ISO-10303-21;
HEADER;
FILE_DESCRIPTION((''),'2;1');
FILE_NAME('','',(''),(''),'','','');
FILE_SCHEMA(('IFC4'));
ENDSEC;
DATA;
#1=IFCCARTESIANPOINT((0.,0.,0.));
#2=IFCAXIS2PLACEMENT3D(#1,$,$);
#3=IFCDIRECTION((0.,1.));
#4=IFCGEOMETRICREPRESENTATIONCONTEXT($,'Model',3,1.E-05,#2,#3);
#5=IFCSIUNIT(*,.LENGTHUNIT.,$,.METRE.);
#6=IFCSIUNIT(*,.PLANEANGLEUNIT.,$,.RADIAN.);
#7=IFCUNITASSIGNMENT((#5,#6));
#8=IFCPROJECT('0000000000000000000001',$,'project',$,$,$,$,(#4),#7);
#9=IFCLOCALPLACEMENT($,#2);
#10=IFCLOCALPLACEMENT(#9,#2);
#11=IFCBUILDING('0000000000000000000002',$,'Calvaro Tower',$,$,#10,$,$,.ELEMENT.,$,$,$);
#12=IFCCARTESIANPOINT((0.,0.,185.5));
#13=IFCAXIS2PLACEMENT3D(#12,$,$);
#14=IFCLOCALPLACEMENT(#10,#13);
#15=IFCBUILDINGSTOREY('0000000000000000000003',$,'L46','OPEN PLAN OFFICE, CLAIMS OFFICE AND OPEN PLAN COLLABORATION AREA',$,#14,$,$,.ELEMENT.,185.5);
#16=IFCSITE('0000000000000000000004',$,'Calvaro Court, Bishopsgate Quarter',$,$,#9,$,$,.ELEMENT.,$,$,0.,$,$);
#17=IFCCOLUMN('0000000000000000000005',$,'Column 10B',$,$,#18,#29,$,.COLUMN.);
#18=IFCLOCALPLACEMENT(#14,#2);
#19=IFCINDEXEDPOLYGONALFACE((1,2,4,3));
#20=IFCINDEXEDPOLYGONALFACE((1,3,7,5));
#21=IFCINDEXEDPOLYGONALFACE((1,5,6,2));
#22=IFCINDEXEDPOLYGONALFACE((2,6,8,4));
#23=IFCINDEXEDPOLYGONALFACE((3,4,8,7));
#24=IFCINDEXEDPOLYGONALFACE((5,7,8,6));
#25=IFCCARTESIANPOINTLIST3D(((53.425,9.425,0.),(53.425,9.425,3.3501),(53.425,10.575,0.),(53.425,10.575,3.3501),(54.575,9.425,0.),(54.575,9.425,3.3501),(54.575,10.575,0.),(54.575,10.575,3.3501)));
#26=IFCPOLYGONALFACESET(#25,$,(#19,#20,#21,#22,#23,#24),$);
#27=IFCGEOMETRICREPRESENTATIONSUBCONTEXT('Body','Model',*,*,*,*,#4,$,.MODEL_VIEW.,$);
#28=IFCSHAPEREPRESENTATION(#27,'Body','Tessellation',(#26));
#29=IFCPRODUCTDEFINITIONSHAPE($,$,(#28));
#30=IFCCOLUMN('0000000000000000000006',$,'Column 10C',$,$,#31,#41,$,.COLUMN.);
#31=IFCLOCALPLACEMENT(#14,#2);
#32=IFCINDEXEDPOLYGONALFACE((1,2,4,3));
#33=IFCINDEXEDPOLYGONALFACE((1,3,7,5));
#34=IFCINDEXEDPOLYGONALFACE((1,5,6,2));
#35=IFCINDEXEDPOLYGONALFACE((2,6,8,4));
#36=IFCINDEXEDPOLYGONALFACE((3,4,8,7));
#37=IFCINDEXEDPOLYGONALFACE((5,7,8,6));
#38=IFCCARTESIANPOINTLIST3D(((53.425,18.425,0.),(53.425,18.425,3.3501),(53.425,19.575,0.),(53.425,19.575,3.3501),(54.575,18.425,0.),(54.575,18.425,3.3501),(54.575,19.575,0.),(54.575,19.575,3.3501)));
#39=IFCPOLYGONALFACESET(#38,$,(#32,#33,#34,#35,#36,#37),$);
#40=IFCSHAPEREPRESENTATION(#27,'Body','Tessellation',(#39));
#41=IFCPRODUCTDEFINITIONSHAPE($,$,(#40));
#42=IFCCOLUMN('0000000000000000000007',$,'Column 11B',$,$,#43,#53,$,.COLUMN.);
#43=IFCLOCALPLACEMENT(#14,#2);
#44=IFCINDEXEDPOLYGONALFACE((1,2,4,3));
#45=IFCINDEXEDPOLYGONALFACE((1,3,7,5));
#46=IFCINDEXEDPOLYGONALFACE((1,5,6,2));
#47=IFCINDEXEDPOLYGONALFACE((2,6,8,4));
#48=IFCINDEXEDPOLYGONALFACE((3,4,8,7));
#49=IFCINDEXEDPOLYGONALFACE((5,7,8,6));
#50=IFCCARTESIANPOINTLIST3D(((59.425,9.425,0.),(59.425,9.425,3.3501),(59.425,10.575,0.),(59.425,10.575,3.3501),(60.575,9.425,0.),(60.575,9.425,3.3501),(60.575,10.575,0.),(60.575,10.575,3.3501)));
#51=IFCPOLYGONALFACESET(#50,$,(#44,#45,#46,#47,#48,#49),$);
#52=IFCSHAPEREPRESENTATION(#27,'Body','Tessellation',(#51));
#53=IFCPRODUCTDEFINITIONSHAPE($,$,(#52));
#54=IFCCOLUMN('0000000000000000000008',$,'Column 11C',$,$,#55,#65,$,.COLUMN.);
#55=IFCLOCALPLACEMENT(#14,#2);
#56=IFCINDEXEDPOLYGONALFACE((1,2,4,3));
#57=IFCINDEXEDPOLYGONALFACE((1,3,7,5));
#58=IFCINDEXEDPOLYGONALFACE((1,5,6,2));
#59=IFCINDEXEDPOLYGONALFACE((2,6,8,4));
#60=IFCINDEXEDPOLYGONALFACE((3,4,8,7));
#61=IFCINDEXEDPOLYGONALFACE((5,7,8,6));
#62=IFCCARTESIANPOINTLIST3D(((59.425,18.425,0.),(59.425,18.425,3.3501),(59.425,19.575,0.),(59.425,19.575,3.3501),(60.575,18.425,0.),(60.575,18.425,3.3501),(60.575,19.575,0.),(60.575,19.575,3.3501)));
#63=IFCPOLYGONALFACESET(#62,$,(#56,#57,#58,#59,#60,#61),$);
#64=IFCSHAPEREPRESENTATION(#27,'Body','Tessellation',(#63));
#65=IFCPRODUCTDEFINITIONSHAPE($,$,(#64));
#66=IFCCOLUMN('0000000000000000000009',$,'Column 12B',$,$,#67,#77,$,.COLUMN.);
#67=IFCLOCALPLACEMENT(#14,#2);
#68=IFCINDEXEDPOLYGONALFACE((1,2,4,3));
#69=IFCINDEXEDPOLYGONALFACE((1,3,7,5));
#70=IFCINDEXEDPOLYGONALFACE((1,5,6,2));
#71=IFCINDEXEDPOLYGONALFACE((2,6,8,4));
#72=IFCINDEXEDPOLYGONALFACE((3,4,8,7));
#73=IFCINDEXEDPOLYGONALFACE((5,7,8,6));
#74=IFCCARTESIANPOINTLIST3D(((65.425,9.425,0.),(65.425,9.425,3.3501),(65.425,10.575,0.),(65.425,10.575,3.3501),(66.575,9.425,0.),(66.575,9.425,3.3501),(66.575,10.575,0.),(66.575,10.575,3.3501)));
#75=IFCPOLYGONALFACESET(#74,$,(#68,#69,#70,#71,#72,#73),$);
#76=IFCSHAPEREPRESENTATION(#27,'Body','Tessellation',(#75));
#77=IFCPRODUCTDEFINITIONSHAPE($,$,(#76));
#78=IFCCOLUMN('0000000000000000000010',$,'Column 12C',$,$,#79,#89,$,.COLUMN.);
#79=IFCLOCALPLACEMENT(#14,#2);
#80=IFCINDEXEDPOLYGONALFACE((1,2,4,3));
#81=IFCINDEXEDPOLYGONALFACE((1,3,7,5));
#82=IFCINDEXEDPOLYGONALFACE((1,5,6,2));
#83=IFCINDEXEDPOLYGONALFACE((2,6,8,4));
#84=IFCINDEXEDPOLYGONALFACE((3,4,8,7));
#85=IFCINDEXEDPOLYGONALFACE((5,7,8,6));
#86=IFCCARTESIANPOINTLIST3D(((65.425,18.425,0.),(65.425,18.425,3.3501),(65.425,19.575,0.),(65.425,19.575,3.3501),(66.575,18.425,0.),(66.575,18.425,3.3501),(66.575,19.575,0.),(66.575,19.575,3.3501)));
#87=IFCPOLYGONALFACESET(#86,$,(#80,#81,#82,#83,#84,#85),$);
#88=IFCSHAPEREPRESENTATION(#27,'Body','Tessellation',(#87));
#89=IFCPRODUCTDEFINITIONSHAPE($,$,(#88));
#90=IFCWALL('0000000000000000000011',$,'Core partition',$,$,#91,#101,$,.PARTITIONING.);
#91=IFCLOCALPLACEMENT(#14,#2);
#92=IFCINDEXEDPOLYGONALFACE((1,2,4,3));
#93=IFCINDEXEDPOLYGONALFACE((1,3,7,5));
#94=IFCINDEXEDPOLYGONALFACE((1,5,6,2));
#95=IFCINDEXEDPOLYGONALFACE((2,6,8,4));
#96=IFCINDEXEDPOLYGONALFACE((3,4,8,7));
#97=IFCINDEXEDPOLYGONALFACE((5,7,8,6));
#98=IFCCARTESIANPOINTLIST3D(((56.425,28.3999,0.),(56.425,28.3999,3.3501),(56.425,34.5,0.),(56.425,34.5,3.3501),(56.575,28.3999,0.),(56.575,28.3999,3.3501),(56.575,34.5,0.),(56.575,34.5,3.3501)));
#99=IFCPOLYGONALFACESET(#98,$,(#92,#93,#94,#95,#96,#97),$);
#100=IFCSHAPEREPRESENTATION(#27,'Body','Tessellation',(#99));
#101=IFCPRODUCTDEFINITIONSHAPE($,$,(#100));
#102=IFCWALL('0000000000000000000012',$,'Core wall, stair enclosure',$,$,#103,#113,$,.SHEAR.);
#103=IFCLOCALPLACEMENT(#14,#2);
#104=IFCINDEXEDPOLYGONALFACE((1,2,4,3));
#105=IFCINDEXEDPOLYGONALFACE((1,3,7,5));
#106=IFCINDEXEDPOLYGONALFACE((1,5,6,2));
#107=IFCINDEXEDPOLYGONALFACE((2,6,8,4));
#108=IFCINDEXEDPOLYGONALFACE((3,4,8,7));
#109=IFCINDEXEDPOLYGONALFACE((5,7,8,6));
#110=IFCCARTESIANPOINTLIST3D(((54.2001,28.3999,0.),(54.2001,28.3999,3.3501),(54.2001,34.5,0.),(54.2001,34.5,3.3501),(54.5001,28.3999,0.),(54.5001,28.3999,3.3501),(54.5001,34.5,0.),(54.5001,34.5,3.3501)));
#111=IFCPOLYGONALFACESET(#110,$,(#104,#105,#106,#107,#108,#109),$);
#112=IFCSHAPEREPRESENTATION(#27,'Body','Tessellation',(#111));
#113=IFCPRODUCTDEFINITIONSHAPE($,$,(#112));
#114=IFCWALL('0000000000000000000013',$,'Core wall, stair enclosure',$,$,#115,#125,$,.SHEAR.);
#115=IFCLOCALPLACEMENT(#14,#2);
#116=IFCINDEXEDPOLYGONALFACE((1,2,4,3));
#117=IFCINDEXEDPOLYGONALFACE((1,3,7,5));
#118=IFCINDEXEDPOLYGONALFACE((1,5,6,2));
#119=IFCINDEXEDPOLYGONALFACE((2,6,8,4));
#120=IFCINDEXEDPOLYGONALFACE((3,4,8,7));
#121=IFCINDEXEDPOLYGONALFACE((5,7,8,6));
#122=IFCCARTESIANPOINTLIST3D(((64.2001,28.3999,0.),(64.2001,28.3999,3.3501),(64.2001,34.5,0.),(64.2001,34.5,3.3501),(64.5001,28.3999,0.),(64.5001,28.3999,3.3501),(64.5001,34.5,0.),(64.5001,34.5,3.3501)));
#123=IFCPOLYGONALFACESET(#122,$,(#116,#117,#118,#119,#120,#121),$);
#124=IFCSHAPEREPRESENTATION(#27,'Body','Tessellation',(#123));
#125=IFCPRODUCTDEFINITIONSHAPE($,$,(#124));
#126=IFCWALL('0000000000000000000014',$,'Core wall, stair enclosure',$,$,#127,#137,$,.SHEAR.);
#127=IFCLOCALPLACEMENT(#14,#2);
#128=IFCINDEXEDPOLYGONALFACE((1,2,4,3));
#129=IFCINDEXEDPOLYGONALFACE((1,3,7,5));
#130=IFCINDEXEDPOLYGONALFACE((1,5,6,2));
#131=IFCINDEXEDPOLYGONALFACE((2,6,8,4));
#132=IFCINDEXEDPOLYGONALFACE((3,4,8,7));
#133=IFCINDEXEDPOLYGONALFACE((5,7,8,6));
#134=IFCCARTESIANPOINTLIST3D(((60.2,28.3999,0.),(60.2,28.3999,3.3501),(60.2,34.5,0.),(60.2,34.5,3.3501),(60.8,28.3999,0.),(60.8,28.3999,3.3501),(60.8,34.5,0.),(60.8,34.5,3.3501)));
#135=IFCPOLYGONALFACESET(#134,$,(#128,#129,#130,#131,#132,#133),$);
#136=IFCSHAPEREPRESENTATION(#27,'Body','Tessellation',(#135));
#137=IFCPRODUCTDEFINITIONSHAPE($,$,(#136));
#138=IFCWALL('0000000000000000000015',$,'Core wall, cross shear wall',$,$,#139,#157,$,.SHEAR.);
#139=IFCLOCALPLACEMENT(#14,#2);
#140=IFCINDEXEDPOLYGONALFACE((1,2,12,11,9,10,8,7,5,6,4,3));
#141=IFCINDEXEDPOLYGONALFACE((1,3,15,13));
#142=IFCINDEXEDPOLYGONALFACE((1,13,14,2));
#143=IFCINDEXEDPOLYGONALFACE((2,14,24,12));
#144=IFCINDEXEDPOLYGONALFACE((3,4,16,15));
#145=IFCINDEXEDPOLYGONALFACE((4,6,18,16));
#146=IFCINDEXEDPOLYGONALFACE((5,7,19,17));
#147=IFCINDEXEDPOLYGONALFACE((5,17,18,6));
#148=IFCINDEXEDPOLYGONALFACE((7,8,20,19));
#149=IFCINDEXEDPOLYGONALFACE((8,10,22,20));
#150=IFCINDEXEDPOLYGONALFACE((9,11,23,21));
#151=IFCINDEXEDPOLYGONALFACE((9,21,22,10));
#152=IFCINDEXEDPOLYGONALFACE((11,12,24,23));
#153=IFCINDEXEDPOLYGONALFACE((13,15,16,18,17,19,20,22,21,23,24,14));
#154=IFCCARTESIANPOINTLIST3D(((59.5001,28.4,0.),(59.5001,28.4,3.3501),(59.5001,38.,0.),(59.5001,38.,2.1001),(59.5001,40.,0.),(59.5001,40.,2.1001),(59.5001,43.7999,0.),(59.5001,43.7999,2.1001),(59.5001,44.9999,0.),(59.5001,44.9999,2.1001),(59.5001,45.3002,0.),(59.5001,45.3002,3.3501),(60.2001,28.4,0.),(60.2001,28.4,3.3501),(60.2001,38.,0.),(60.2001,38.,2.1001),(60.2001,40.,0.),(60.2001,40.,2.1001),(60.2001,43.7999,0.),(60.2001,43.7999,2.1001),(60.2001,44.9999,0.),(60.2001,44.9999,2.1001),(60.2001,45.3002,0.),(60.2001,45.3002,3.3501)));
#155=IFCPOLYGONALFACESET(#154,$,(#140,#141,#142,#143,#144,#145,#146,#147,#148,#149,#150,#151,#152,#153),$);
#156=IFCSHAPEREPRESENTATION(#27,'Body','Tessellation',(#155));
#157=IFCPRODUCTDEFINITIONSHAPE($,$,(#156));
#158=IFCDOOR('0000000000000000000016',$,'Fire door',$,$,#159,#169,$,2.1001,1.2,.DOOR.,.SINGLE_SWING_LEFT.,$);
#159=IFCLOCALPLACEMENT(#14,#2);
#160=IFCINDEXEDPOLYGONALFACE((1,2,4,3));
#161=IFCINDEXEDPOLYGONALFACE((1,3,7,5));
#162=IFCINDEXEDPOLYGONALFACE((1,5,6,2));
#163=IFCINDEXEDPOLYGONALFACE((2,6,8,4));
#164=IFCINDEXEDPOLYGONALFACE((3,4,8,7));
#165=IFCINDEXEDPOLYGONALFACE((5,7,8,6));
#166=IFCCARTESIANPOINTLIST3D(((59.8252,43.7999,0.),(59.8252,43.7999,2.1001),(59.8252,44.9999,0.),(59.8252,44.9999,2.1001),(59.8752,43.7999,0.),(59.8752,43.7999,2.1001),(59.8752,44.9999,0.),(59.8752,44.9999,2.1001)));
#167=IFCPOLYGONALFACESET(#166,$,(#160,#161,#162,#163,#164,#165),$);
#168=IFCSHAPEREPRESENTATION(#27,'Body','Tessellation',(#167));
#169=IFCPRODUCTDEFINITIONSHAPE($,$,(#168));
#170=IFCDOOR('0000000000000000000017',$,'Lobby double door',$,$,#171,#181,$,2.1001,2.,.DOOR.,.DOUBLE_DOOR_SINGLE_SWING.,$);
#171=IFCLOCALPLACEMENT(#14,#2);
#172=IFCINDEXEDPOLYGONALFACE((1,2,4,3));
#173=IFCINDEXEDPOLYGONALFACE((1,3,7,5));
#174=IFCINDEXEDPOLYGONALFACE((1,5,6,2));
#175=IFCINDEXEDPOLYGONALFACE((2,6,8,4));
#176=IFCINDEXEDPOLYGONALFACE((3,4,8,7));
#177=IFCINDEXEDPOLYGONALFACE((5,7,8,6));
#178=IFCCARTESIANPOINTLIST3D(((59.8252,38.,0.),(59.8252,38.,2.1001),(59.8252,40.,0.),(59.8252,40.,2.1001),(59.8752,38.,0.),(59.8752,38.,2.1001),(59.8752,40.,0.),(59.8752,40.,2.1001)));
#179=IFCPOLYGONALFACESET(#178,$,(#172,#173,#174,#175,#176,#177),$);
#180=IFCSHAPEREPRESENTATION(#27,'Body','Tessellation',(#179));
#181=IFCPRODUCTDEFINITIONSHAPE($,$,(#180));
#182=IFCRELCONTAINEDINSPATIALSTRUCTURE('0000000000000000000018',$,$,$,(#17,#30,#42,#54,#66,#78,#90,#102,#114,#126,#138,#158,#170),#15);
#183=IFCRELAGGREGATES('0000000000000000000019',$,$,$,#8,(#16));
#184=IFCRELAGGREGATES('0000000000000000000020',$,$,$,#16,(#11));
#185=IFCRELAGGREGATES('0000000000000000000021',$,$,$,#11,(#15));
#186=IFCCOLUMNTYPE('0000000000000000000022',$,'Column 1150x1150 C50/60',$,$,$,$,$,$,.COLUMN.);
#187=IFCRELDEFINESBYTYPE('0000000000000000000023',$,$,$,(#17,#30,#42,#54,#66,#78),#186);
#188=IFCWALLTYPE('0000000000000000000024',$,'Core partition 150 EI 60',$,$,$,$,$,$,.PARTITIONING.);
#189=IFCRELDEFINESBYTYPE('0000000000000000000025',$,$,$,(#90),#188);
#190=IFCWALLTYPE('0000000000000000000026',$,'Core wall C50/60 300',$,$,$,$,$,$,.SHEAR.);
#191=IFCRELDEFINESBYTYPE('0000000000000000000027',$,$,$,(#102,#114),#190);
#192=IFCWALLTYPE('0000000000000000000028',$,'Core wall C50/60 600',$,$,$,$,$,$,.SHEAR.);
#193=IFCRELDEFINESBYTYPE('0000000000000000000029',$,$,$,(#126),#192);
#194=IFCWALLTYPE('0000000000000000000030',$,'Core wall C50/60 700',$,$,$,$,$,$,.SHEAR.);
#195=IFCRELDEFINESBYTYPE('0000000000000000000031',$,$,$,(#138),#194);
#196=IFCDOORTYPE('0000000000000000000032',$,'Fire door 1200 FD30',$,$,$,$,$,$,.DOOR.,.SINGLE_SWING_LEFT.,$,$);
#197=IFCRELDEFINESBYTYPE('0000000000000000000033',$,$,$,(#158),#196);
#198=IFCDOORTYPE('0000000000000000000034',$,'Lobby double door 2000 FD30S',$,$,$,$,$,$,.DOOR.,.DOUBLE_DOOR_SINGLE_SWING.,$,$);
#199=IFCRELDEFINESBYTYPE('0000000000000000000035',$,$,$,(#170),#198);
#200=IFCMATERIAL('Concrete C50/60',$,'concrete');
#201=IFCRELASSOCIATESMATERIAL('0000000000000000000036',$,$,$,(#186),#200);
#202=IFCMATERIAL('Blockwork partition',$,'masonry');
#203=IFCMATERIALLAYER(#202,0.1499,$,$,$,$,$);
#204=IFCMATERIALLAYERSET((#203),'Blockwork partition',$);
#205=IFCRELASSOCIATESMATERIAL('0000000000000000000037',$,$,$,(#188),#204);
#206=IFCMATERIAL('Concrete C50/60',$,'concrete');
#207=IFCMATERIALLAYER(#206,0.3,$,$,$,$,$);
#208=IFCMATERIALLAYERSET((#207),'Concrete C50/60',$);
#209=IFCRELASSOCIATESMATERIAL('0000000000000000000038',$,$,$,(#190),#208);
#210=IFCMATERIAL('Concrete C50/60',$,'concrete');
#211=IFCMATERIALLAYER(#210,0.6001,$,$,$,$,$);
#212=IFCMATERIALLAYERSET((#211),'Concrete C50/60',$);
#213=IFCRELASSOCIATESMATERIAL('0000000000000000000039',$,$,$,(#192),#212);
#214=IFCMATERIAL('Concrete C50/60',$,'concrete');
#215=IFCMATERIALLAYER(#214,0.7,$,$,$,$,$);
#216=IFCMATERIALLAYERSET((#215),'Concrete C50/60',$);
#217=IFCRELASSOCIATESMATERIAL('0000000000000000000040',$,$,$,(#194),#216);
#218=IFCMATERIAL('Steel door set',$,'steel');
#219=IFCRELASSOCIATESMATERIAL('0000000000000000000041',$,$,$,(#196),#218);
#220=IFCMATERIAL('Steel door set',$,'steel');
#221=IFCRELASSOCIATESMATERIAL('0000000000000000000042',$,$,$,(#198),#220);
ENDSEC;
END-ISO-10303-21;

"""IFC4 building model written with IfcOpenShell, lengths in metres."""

from ifc_helpers import new_model, si_unit, direction, frame, frame_2d, origin, origin_2d, place, context, subcontext, project, spatial, rectangle, extrude, material, layer, layer_set, material_profile, profile_set, type_object, element, fill, save


model = new_model("IFC4")

# Units and contexts
model_context = context("Model", 3, precision=1e-05, world=origin(), true_north=direction((0.0, 1.0)))
body_context = subcontext(model_context, "Body", "Model", "MODEL_VIEW")
ifc_project = project(units=[si_unit("LENGTHUNIT", "METRE"), si_unit("PLANEANGLEUNIT", "RADIAN")], contexts=[model_context])

# Site, building, storey
site_placement = place(None, origin())
site = spatial("IfcSite", under=ifc_project, at=site_placement, Name="Calvaro Court, Bishopsgate Quarter", CompositionType="ELEMENT", RefElevation=0.0)
building_placement = place(site_placement, origin())
building = spatial("IfcBuilding", under=site, at=building_placement, Name="Calvaro Tower", CompositionType="ELEMENT")
storey_placement = place(building_placement, frame((0.0, 0.0, 185.5)))
storey = spatial("IfcBuildingStorey", under=building, at=storey_placement, Name="L46", Description="OPEN PLAN OFFICE, CLAIMS OFFICE AND OPEN PLAN COLLABORATION AREA", CompositionType="ELEMENT", Elevation=185.5)

# Columns
ifc_material_1 = material(Name="Concrete C50/60", Category="concrete")
ifc_material_profile = material_profile(ifc_material_1, rectangle(XDim=1.1499, YDim=1.1499, at=origin_2d()), Name="RC 1150x1150")
ifc_profile_set = profile_set([ifc_material_profile], Name="Concrete C50/60")
column_type = type_object("IfcColumnType", Name="Column 1150x1150 C50/60", PredefinedType="COLUMN", material=ifc_profile_set)
for number, where, z_axis, x_axis, name in (
    (1, (54.0, 10.0, 0.0), (0.0, 0.0, 1.0), (1.0, 0.0, 0.0), "Column 10B"),
    (2, (54.0, 19.0, 0.0), (0.0, 0.0, 1.0), (1.0, 0.0, 0.0), "Column 10C"),
    (3, (60.0, 10.0, 0.0), (0.0, 0.0, 1.0), (1.0, 0.0, 0.0), "Column 11B"),
    (4, (60.0, 19.0, 0.0), (0.0, 0.0, 1.0), (1.0, 0.0, 0.0), "Column 11C"),
    (5, (66.0, 10.0, 0.0), (0.0, 0.0, 1.0), (1.0, 0.0, 0.0), "Column 12B"),
    (6, (66.0, 19.0, 0.0), (0.0, 0.0, 1.0), (1.0, 0.0, 0.0), "Column 12C"),
):
    element("IfcColumn", number, at=place(storey_placement, frame(where, z_axis=z_axis, x_axis=x_axis)), inside=storey, type_object=column_type, Name=name, PredefinedType="COLUMN", context=body_context, shape_type="SweptSolid", body=[
        extrude(rectangle(XDim=1.1499, YDim=1.1499, at=origin_2d()), origin(), (0.0, 0.0, 1.0), 3.3501),
    ])

# Walls
ifc_material_2 = material(Name="Blockwork partition", Category="masonry")
ifc_layer_1 = layer(ifc_material_2, 0.1499)
ifc_layer_set_1 = layer_set([ifc_layer_1], Name="Blockwork partition")
wall_type_1 = type_object("IfcWallType", Name="Core partition 150 EI 60", PredefinedType="PARTITIONING", material=ifc_layer_set_1)
wall_1_placement = place(storey_placement, frame((56.5, 28.3999, 0.0), z_axis=(0.0, 0.0, 1.0), x_axis=(0.0, 1.0, 0.0)))
element("IfcWall", 7, at=wall_1_placement, inside=storey, type_object=wall_type_1, Name="Core partition", PredefinedType="PARTITIONING", context=body_context, shape_type="SweptSolid", body=[
    extrude(rectangle(XDim=6.1001, YDim=0.1499, at=frame_2d((3.05, 0.0))), origin(), (0.0, 0.0, 1.0), 3.3501),
])
ifc_material_3 = material(Name="Concrete C50/60", Category="concrete")
ifc_layer_2 = layer(ifc_material_3, 0.3)
ifc_layer_set_2 = layer_set([ifc_layer_2], Name="Concrete C50/60")
wall_type_2 = type_object("IfcWallType", Name="Core wall C50/60 300", PredefinedType="SHEAR", material=ifc_layer_set_2)
for number, where, z_axis, x_axis, name in (
    (8, (54.3501, 28.3999, 0.0), (0.0, 0.0, 1.0), (0.0, 1.0, 0.0), "Core wall, stair enclosure"),
    (9, (64.3501, 28.3999, 0.0), (0.0, 0.0, 1.0), (0.0, 1.0, 0.0), "Core wall, stair enclosure"),
):
    element("IfcWall", number, at=place(storey_placement, frame(where, z_axis=z_axis, x_axis=x_axis)), inside=storey, type_object=wall_type_2, Name=name, PredefinedType="SHEAR", context=body_context, shape_type="SweptSolid", body=[
        extrude(rectangle(XDim=6.1001, YDim=0.3, at=frame_2d((3.05, 0.0))), origin(), (0.0, 0.0, 1.0), 3.3501),
    ])
ifc_material_4 = material(Name="Concrete C50/60", Category="concrete")
ifc_layer_3 = layer(ifc_material_4, 0.6001)
ifc_layer_set_3 = layer_set([ifc_layer_3], Name="Concrete C50/60")
wall_type_3 = type_object("IfcWallType", Name="Core wall C50/60 600", PredefinedType="SHEAR", material=ifc_layer_set_3)
wall_2_placement = place(storey_placement, frame((60.5, 28.3999, 0.0), z_axis=(0.0, 0.0, 1.0), x_axis=(0.0, 1.0, 0.0)))
element("IfcWall", 10, at=wall_2_placement, inside=storey, type_object=wall_type_3, Name="Core wall, stair enclosure", PredefinedType="SHEAR", context=body_context, shape_type="SweptSolid", body=[
    extrude(rectangle(XDim=6.1001, YDim=0.6001, at=frame_2d((3.05, 0.0))), origin(), (0.0, 0.0, 1.0), 3.3501),
])

# Wall, openings, doors
ifc_material_5 = material(Name="Concrete C50/60", Category="concrete")
ifc_layer_4 = layer(ifc_material_5, 0.7)
ifc_layer_set_4 = layer_set([ifc_layer_4], Name="Concrete C50/60")
wall_type_4 = type_object("IfcWallType", Name="Core wall C50/60 700", PredefinedType="SHEAR", material=ifc_layer_set_4)
wall_3_placement = place(storey_placement, frame((59.8501, 28.3999, 0.0), z_axis=(0.0, 0.0, 1.0), x_axis=(0.0, 1.0, 0.0)))
wall_3 = element("IfcWall", 11, at=wall_3_placement, inside=storey, type_object=wall_type_4, Name="Core wall, cross shear wall", PredefinedType="SHEAR", context=body_context, shape_type="SweptSolid", body=[
    extrude(rectangle(XDim=16.9001, YDim=0.7, at=frame_2d((8.4502, 0.0))), origin(), (0.0, 0.0, 1.0), 3.3501),
])
opening_1_placement = place(wall_3_placement, frame((9.6001, 0.0, 0.0)))
opening_1 = element("IfcOpeningElement", 12, at=opening_1_placement, cuts=wall_3, PredefinedType="OPENING", context=body_context, shape_type="SweptSolid", body=[
    extrude(rectangle(XDim=2.0, YDim=2.1001, at=frame_2d((1.0, 1.05))), frame((0.0, 0.3599, 0.0), z_axis=(0.0, -1.0, 0.0), x_axis=(1.0, 0.0, 0.0)), (0.0, 0.0, 1.0), 0.72),
])
opening_2_placement = place(wall_3_placement, frame((15.3999, 0.0, 0.0)))
opening_2 = element("IfcOpeningElement", 13, at=opening_2_placement, cuts=wall_3, PredefinedType="OPENING", context=body_context, shape_type="SweptSolid", body=[
    extrude(rectangle(XDim=1.2, YDim=2.1001, at=frame_2d((0.6001, 1.05))), frame((0.0, 0.3599, 0.0), z_axis=(0.0, -1.0, 0.0), x_axis=(1.0, 0.0, 0.0)), (0.0, 0.0, 1.0), 0.72),
])
ifc_material_6 = material(Name="Steel door set", Category="steel")
door_type_1 = type_object("IfcDoorType", Name="Fire door 1200 FD30", OperationType="SINGLE_SWING_LEFT", PredefinedType="DOOR", material=ifc_material_6)
door_1_placement = place(opening_2_placement, origin())
door_1 = element("IfcDoor", 14, at=door_1_placement, inside=storey, type_object=door_type_1, Name="Fire door", OperationType="SINGLE_SWING_LEFT", OverallHeight=2.1001, OverallWidth=1.2, PredefinedType="DOOR", context=body_context, shape_type="SweptSolid", body=[
    extrude(rectangle(XDim=1.2, YDim=2.1001, at=frame_2d((0.6001, 1.05))), frame((0.0, 0.0249, 0.0), z_axis=(0.0, -1.0, 0.0), x_axis=(1.0, 0.0, 0.0)), (0.0, 0.0, 1.0), 0.05),
])
fill(opening_2, door_1)
ifc_material_7 = material(Name="Steel door set", Category="steel")
door_type_2 = type_object("IfcDoorType", Name="Lobby double door 2000 FD30S", OperationType="DOUBLE_DOOR_SINGLE_SWING", PredefinedType="DOOR", material=ifc_material_7)
door_2_placement = place(opening_1_placement, origin())
door_2 = element("IfcDoor", 15, at=door_2_placement, inside=storey, type_object=door_type_2, Name="Lobby double door", OperationType="DOUBLE_DOOR_SINGLE_SWING", OverallHeight=2.1001, OverallWidth=2.0, PredefinedType="DOOR", context=body_context, shape_type="SweptSolid", body=[
    extrude(rectangle(XDim=2.0, YDim=2.1001, at=frame_2d((1.0, 1.05))), frame((0.0, 0.0249, 0.0), z_axis=(0.0, -1.0, 0.0), x_axis=(1.0, 0.0, 0.0)), (0.0, 0.0, 1.0), 0.05),
])
fill(opening_1, door_2)

save(model, "model.ifc")
